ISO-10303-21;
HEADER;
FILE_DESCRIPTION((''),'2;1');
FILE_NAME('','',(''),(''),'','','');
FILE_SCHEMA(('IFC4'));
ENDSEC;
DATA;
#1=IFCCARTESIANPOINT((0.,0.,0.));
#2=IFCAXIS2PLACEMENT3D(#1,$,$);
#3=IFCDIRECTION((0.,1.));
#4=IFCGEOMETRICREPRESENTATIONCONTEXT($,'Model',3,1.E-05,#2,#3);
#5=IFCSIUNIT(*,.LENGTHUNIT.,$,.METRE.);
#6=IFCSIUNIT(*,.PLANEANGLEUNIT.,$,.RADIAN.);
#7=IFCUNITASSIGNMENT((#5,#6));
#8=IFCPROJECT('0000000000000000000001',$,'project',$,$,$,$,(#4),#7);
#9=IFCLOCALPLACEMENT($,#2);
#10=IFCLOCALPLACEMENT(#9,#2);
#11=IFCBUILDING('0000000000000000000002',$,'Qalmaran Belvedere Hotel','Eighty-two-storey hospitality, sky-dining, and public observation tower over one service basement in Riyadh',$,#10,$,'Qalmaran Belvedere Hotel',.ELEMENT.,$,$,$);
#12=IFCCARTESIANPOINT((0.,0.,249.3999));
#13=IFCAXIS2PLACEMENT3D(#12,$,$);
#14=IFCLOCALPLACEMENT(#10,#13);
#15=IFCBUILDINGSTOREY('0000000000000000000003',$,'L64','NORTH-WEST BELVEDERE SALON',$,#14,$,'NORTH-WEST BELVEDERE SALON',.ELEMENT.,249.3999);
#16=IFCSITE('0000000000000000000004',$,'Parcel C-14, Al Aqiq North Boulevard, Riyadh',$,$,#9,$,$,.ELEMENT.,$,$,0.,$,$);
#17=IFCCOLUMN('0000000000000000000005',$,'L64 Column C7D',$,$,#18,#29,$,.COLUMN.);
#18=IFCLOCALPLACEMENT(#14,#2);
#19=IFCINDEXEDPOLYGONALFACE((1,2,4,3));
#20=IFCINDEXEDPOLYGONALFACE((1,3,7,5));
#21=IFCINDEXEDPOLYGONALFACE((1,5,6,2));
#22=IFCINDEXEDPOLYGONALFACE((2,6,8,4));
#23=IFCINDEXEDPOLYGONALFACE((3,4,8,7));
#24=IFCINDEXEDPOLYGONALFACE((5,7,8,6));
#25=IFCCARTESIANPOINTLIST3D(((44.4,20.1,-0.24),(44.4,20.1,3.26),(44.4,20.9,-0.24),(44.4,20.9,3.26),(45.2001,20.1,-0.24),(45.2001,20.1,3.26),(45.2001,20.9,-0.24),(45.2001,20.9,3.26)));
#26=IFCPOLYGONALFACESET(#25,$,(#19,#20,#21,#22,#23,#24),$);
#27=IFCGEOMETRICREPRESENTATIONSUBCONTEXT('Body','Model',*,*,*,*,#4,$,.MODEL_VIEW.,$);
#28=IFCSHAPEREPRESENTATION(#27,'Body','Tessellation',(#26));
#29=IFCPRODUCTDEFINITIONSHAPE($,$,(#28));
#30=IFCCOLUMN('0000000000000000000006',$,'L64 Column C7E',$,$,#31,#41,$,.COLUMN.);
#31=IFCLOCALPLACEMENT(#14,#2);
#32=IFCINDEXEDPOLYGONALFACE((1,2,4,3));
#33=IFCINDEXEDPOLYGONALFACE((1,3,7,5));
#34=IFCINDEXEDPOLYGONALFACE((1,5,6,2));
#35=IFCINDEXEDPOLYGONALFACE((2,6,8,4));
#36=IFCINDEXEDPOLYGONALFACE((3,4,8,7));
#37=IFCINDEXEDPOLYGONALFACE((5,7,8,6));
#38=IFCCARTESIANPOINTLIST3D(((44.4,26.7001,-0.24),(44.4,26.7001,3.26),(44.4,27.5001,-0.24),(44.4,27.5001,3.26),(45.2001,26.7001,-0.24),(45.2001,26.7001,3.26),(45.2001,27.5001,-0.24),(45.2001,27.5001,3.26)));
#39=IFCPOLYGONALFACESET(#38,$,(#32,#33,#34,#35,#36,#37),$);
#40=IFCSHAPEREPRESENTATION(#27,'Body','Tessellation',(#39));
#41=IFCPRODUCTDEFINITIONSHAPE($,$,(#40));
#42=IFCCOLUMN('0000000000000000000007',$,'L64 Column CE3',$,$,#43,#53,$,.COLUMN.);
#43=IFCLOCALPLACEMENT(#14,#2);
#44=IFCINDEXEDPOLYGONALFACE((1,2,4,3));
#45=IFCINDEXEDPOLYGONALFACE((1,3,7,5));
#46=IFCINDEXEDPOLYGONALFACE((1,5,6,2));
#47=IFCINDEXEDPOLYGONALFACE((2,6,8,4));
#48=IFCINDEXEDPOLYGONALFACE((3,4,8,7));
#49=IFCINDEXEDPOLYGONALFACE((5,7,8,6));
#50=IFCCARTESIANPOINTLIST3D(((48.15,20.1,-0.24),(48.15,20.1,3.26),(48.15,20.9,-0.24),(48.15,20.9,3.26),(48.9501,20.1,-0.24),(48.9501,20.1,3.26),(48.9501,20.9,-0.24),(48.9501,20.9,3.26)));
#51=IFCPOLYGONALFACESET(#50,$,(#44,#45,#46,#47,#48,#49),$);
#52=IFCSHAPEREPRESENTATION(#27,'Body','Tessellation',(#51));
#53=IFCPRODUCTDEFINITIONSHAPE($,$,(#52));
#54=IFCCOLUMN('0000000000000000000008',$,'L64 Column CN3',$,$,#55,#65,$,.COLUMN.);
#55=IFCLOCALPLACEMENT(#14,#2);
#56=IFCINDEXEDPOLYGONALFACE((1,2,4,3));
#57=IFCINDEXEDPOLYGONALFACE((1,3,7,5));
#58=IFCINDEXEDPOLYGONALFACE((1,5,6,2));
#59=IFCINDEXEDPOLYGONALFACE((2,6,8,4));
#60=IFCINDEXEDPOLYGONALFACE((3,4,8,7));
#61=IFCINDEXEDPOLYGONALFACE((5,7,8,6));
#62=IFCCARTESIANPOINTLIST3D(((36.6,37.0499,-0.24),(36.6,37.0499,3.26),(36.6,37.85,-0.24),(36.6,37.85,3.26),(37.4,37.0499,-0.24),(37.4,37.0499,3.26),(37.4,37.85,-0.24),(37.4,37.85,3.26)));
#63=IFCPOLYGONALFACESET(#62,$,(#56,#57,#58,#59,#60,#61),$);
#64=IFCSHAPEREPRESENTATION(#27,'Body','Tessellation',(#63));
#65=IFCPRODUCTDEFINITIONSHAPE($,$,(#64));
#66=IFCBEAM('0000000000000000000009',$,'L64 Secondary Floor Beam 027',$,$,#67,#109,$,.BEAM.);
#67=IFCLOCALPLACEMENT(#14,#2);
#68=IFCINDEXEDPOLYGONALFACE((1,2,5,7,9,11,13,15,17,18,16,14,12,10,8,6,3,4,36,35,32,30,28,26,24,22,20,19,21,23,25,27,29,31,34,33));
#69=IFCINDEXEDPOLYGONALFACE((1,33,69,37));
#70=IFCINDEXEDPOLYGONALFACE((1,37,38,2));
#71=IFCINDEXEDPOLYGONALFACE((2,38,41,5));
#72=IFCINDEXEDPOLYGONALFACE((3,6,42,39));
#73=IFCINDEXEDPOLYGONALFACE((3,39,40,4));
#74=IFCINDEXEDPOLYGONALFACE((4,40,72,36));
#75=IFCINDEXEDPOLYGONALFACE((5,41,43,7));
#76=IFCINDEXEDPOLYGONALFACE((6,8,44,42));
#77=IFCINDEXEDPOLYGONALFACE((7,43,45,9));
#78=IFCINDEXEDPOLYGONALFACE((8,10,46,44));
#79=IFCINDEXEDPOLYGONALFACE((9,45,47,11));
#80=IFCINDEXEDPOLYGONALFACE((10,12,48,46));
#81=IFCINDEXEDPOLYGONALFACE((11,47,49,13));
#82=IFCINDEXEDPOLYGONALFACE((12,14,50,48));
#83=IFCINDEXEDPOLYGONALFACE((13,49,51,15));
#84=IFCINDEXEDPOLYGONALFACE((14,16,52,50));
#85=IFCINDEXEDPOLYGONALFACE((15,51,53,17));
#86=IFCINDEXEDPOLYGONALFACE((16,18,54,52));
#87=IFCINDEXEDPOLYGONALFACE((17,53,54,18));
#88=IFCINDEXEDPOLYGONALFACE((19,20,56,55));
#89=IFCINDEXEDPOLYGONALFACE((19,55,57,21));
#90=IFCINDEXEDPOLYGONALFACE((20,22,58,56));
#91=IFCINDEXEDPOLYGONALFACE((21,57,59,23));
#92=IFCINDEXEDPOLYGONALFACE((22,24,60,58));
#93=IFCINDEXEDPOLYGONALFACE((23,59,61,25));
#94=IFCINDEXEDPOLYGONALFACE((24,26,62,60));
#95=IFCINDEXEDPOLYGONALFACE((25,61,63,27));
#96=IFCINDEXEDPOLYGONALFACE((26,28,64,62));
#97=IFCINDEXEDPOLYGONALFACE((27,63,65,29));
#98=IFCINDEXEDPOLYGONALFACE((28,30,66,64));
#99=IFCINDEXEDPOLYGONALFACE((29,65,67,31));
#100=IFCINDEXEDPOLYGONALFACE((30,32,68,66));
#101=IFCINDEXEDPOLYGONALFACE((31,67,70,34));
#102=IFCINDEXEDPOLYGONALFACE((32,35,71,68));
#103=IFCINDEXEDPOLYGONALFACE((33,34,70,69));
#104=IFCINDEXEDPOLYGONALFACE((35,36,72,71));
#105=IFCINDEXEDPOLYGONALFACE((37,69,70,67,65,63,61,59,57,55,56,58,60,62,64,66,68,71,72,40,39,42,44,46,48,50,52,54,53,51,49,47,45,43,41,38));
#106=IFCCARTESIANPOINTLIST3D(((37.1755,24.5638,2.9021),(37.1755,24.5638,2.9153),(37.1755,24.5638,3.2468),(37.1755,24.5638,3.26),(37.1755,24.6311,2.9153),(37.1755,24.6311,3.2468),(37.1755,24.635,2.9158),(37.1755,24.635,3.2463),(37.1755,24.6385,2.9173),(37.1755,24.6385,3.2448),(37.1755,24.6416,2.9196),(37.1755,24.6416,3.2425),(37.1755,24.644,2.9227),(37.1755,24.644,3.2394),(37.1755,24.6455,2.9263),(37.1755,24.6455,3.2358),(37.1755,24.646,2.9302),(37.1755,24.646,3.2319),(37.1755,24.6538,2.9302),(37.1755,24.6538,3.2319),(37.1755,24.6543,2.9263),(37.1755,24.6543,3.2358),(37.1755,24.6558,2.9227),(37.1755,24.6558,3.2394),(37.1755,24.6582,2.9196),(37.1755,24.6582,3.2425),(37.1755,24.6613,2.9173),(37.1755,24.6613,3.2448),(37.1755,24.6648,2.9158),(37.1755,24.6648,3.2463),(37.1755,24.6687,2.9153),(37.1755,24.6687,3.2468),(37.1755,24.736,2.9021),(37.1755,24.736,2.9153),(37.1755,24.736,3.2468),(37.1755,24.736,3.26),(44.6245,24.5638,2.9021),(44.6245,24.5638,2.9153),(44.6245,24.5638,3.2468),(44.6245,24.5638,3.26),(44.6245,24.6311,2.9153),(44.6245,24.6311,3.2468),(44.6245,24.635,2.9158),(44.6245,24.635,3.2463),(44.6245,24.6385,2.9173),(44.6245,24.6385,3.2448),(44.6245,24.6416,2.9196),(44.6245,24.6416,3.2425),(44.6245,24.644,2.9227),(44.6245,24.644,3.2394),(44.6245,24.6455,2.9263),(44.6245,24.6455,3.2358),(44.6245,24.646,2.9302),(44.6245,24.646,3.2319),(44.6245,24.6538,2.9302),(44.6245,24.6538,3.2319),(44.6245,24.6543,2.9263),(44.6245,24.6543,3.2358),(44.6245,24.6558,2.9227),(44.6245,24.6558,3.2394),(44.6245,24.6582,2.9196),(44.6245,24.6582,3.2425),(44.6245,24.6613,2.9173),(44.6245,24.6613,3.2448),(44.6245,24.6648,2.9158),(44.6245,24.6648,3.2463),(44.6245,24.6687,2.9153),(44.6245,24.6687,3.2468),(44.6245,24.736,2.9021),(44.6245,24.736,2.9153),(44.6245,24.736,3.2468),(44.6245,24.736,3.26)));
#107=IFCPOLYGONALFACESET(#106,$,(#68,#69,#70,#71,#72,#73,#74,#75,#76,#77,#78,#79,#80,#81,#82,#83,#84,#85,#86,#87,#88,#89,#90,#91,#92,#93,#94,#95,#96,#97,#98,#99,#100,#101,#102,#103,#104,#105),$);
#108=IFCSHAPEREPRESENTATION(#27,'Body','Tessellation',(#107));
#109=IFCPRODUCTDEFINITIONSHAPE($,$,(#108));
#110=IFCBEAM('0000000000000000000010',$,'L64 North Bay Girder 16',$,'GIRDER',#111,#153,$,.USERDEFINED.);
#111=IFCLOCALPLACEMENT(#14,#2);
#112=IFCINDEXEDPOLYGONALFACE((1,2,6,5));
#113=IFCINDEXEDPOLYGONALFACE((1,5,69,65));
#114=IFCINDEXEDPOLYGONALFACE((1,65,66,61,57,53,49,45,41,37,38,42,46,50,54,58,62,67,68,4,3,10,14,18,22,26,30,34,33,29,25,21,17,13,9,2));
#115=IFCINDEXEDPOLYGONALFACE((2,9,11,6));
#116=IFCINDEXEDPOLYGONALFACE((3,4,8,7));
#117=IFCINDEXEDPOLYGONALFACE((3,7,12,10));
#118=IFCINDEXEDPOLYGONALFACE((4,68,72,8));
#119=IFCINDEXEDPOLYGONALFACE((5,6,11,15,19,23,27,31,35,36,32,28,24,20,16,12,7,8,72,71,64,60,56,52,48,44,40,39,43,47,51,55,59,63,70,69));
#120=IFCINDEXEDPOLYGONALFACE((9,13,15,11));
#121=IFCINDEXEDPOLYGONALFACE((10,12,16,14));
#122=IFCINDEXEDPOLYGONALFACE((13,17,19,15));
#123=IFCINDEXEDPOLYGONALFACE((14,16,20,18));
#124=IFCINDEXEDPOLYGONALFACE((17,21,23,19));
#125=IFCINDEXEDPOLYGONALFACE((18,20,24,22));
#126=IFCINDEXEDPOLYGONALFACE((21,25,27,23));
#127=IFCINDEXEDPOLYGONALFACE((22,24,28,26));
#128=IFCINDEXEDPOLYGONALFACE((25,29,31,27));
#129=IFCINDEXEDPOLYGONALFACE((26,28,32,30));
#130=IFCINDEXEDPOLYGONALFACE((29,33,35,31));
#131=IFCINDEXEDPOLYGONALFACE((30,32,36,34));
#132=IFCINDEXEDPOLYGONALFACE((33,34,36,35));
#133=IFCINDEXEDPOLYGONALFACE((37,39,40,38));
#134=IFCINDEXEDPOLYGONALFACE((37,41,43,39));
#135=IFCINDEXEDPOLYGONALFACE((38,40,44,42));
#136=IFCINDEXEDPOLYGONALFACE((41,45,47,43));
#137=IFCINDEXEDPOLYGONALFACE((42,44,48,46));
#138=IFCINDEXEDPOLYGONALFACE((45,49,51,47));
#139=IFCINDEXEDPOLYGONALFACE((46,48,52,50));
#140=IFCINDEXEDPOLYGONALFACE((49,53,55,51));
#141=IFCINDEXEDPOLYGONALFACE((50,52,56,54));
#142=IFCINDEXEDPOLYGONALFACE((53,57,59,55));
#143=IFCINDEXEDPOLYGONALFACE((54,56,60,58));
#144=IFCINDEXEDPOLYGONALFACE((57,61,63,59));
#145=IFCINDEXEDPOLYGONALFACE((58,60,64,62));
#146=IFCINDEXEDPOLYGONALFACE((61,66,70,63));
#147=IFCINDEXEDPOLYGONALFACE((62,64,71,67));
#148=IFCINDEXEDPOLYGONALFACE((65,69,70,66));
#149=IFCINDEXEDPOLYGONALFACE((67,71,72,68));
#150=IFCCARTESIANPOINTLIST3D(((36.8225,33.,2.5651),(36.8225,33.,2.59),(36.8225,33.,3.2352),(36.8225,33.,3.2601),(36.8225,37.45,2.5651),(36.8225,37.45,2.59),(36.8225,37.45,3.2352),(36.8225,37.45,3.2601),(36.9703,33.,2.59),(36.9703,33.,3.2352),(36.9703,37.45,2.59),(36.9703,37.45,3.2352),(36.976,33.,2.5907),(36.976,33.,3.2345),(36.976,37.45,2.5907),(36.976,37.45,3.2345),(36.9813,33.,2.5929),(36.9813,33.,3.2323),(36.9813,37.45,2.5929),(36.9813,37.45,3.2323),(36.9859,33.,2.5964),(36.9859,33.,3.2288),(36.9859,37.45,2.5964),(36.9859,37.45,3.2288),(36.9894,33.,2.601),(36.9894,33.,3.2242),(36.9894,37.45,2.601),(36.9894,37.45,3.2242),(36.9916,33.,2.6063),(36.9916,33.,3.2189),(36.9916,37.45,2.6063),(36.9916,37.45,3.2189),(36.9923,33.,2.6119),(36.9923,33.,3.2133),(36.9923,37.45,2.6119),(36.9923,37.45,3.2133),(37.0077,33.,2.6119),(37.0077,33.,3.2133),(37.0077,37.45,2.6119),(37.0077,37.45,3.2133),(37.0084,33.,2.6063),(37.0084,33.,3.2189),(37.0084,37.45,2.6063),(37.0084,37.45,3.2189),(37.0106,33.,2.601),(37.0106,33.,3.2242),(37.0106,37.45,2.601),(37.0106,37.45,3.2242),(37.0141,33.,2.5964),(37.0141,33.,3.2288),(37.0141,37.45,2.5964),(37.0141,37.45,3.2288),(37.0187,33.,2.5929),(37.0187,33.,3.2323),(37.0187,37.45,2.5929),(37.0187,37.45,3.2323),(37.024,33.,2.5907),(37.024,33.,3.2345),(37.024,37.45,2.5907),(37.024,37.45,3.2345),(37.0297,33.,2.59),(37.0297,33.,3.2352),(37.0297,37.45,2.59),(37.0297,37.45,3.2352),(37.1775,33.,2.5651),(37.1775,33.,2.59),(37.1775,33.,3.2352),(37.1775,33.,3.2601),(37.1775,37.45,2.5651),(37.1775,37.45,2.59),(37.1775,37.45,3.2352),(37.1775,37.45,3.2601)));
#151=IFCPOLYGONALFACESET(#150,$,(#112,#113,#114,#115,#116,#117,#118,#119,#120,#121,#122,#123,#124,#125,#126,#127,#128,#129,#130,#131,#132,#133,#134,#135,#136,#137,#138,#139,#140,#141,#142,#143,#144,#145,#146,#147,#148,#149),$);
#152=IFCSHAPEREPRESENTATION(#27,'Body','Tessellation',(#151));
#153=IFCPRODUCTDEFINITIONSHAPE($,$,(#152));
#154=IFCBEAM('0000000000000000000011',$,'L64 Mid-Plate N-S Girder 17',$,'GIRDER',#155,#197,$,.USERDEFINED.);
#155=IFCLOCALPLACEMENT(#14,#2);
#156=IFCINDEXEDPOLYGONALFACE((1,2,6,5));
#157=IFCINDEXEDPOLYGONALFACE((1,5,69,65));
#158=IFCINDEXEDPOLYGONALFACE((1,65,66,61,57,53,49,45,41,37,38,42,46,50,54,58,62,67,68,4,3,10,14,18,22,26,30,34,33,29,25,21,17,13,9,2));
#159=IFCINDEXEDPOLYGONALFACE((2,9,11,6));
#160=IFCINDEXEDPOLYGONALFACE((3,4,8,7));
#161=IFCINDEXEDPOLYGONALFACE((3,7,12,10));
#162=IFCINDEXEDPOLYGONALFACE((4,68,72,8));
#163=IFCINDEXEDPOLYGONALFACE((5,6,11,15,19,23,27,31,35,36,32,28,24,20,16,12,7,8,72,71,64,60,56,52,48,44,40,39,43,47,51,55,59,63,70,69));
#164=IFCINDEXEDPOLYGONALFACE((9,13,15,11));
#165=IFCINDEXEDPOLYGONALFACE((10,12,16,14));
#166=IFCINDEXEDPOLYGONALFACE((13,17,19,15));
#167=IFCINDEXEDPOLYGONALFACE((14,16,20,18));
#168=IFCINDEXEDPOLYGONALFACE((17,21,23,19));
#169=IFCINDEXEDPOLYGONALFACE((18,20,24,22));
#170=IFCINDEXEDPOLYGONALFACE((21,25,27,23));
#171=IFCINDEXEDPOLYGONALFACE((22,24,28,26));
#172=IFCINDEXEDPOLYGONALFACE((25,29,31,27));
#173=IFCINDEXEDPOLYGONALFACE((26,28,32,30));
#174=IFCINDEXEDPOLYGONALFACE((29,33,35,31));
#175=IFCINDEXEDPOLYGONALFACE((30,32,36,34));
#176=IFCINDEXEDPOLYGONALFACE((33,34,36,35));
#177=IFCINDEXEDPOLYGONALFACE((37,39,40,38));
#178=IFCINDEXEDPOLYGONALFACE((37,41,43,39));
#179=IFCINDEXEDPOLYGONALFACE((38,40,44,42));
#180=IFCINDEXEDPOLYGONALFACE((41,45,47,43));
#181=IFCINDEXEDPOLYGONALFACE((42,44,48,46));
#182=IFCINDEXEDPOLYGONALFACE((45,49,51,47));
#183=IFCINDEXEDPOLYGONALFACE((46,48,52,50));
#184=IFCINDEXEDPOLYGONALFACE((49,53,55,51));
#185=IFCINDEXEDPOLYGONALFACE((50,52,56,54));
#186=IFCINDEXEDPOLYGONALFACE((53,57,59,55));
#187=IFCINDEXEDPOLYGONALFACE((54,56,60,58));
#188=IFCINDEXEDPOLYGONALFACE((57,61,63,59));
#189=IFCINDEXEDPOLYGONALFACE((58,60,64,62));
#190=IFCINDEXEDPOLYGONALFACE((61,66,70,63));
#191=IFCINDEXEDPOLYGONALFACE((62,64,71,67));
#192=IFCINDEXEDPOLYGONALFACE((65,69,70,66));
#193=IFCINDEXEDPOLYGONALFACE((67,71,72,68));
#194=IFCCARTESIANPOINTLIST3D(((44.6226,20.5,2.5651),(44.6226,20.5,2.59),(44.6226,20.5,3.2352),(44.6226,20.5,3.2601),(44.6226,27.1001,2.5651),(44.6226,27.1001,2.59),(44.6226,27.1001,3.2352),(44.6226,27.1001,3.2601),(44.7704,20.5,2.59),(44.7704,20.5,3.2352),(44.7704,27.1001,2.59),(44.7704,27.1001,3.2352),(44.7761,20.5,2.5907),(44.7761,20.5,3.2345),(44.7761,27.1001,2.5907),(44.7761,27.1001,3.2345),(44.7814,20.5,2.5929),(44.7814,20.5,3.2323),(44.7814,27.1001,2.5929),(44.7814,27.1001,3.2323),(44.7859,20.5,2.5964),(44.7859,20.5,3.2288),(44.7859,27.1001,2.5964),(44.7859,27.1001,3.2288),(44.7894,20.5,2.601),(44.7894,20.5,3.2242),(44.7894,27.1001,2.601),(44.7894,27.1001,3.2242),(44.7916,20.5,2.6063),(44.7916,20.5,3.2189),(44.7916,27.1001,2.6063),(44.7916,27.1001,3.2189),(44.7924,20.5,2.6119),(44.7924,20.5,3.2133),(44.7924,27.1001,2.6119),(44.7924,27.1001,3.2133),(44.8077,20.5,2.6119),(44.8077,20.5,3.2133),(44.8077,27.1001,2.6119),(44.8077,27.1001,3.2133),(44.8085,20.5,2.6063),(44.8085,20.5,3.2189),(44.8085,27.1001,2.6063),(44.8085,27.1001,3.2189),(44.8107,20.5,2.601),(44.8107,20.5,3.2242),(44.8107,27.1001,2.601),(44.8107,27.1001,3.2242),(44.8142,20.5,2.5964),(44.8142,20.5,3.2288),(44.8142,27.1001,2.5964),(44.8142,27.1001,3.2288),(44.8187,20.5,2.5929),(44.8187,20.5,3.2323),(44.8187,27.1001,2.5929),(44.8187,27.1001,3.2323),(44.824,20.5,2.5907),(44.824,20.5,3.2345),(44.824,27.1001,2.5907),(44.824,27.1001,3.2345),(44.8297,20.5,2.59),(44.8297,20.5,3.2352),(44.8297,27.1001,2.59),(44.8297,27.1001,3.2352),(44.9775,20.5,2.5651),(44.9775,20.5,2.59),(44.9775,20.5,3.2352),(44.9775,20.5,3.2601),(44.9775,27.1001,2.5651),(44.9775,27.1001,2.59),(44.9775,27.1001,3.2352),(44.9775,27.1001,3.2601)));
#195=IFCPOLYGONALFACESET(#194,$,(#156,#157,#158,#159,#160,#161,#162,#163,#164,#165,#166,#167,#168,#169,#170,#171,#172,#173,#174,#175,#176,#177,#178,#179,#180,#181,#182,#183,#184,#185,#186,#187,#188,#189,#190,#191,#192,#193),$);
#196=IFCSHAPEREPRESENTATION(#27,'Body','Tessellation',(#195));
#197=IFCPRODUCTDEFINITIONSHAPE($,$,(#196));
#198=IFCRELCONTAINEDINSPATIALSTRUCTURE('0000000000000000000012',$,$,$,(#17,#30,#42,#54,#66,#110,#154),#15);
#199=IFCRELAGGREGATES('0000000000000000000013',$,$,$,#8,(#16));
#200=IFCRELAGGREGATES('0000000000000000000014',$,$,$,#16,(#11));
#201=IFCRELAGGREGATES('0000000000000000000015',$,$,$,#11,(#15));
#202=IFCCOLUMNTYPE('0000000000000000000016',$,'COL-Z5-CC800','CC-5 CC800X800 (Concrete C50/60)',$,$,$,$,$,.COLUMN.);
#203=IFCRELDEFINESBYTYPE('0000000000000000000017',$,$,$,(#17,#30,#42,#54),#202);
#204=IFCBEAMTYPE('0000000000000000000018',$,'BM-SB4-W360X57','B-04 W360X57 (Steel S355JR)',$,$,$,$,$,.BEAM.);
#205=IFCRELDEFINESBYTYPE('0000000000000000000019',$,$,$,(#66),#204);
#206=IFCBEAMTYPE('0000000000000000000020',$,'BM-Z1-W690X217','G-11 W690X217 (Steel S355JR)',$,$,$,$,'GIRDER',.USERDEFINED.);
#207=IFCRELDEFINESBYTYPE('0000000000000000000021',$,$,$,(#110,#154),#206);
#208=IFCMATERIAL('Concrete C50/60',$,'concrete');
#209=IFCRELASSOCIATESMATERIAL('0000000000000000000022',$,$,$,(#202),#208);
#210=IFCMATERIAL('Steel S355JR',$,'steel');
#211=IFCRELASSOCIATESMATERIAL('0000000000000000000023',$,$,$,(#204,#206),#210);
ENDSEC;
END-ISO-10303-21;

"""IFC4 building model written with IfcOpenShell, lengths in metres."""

from ifc_helpers import new_model, si_unit, direction, frame, origin, origin_2d, place, context, subcontext, project, spatial, rectangle, i_section, extrude, material, material_profile, profile_set, type_object, element, save


model = new_model("IFC4")

# Units and contexts
model_context = context("Model", 3, precision=1e-05, world=origin(), true_north=direction((0.0, 1.0)))
body_context = subcontext(model_context, "Body", "Model", "MODEL_VIEW")
ifc_project = project(units=[si_unit("LENGTHUNIT", "METRE"), si_unit("PLANEANGLEUNIT", "RADIAN")], contexts=[model_context])

# Site, building, storey
site_placement = place(None, origin())
site = spatial("IfcSite", under=ifc_project, at=site_placement, Name="Parcel C-14, Al Aqiq North Boulevard, Riyadh", CompositionType="ELEMENT", RefElevation=0.0)
building_placement = place(site_placement, origin())
building = spatial("IfcBuilding", under=site, at=building_placement, Name="Qalmaran Belvedere Hotel", Description="Eighty-two-storey hospitality, sky-dining, and public observation tower over one service basement in Riyadh", LongName="Qalmaran Belvedere Hotel", CompositionType="ELEMENT")
storey_placement = place(building_placement, frame((0.0, 0.0, 249.3999)))
storey = spatial("IfcBuildingStorey", under=building, at=storey_placement, Name="L64", Description="NORTH-WEST BELVEDERE SALON", LongName="NORTH-WEST BELVEDERE SALON", CompositionType="ELEMENT", Elevation=249.3999)

# Columns
ifc_material_1 = material(Name="Concrete C50/60", Category="concrete")
ifc_material_profile_1 = material_profile(ifc_material_1, rectangle(XDim=0.8, YDim=0.8, at=origin_2d()), Name="CC800X800")
ifc_profile_set_1 = profile_set([ifc_material_profile_1], Name="Concrete C50/60")
column_type = type_object("IfcColumnType", Name="COL-Z5-CC800", Description="CC-5 CC800X800 (Concrete C50/60)", PredefinedType="COLUMN", material=ifc_profile_set_1)
for number, where, z_axis, x_axis, name in (
    (1, (44.8, 20.5, -0.24), (0.0, 0.0, 1.0), (1.0, 0.0, 0.0), "L64 Column C7D"),
    (2, (44.8, 27.1001, -0.24), (0.0, 0.0, 1.0), (1.0, 0.0, 0.0), "L64 Column C7E"),
    (3, (48.55, 20.5, -0.24), (0.0, 0.0, 1.0), (1.0, 0.0, 0.0), "L64 Column CE3"),
    (4, (37.0, 37.45, -0.24), (0.0, 0.0, 1.0), (1.0, 0.0, 0.0), "L64 Column CN3"),
):
    element("IfcColumn", number, at=place(storey_placement, frame(where, z_axis=z_axis, x_axis=x_axis)), inside=storey, type_object=column_type, Name=name, PredefinedType="COLUMN", context=body_context, shape_type="SweptSolid", body=[
        extrude(rectangle(XDim=0.8, YDim=0.8, at=origin_2d()), origin(), (0.0, 0.0, 1.0), 3.5),
    ])

# Beams
ifc_material_2 = material(Name="Steel S355JR", Category="steel")
ifc_material_profile_2 = material_profile(ifc_material_2, i_section(OverallWidth=0.1721, OverallDepth=0.3579, WebThickness=0.0078, FlangeThickness=0.0132, FilletRadius=0.0149, at=origin_2d()), Name="W360X57")
ifc_profile_set_2 = profile_set([ifc_material_profile_2], Name="Steel S355JR")
beam_type_1 = type_object("IfcBeamType", Name="BM-SB4-W360X57", Description="B-04 W360X57 (Steel S355JR)", PredefinedType="BEAM", material=ifc_profile_set_2)
beam_1_placement = place(storey_placement, frame((37.1755, 24.6499, 3.0811), z_axis=(1.0, 0.0, 0.0), x_axis=(0.0, 1.0, 0.0)))
element("IfcBeam", 5, at=beam_1_placement, inside=storey, type_object=beam_type_1, Name="L64 Secondary Floor Beam 027", PredefinedType="BEAM", context=body_context, shape_type="SweptSolid", body=[
    extrude(i_section(OverallWidth=0.1721, OverallDepth=0.3579, WebThickness=0.0078, FlangeThickness=0.0132, FilletRadius=0.0149, at=origin_2d()), origin(), (0.0, 0.0, 1.0), 7.449),
])
ifc_material_profile_3 = material_profile(ifc_material_2, i_section(OverallWidth=0.355, OverallDepth=0.6951, WebThickness=0.0154, FlangeThickness=0.0249, FilletRadius=0.022, at=origin_2d()), Name="W690X217")
ifc_profile_set_3 = profile_set([ifc_material_profile_3], Name="Steel S355JR")
beam_type_2 = type_object("IfcBeamType", Name="BM-Z1-W690X217", Description="G-11 W690X217 (Steel S355JR)", ElementType="GIRDER", PredefinedType="USERDEFINED", material=ifc_profile_set_3)
beam_2_placement = place(storey_placement, frame((37.0, 33.0, 2.9126), z_axis=(0.0, 1.0, 0.0), x_axis=(-1.0, 0.0, 0.0)))
element("IfcBeam", 6, at=beam_2_placement, inside=storey, type_object=beam_type_2, Name="L64 North Bay Girder 16", ObjectType="GIRDER", PredefinedType="USERDEFINED", context=body_context, shape_type="SweptSolid", body=[
    extrude(i_section(OverallWidth=0.355, OverallDepth=0.6951, WebThickness=0.0154, FlangeThickness=0.0249, FilletRadius=0.022, at=origin_2d()), origin(), (0.0, 0.0, 1.0), 4.45),
])
beam_3_placement = place(storey_placement, frame((44.8, 20.5, 2.9126), z_axis=(0.0, 1.0, 0.0), x_axis=(-1.0, 0.0, 0.0)))
element("IfcBeam", 7, at=beam_3_placement, inside=storey, type_object=beam_type_2, Name="L64 Mid-Plate N-S Girder 17", ObjectType="GIRDER", PredefinedType="USERDEFINED", context=body_context, shape_type="SweptSolid", body=[
    extrude(i_section(OverallWidth=0.355, OverallDepth=0.6951, WebThickness=0.0154, FlangeThickness=0.0249, FilletRadius=0.022, at=origin_2d()), origin(), (0.0, 0.0, 1.0), 6.6001),
])

save(model, "model.ifc")
